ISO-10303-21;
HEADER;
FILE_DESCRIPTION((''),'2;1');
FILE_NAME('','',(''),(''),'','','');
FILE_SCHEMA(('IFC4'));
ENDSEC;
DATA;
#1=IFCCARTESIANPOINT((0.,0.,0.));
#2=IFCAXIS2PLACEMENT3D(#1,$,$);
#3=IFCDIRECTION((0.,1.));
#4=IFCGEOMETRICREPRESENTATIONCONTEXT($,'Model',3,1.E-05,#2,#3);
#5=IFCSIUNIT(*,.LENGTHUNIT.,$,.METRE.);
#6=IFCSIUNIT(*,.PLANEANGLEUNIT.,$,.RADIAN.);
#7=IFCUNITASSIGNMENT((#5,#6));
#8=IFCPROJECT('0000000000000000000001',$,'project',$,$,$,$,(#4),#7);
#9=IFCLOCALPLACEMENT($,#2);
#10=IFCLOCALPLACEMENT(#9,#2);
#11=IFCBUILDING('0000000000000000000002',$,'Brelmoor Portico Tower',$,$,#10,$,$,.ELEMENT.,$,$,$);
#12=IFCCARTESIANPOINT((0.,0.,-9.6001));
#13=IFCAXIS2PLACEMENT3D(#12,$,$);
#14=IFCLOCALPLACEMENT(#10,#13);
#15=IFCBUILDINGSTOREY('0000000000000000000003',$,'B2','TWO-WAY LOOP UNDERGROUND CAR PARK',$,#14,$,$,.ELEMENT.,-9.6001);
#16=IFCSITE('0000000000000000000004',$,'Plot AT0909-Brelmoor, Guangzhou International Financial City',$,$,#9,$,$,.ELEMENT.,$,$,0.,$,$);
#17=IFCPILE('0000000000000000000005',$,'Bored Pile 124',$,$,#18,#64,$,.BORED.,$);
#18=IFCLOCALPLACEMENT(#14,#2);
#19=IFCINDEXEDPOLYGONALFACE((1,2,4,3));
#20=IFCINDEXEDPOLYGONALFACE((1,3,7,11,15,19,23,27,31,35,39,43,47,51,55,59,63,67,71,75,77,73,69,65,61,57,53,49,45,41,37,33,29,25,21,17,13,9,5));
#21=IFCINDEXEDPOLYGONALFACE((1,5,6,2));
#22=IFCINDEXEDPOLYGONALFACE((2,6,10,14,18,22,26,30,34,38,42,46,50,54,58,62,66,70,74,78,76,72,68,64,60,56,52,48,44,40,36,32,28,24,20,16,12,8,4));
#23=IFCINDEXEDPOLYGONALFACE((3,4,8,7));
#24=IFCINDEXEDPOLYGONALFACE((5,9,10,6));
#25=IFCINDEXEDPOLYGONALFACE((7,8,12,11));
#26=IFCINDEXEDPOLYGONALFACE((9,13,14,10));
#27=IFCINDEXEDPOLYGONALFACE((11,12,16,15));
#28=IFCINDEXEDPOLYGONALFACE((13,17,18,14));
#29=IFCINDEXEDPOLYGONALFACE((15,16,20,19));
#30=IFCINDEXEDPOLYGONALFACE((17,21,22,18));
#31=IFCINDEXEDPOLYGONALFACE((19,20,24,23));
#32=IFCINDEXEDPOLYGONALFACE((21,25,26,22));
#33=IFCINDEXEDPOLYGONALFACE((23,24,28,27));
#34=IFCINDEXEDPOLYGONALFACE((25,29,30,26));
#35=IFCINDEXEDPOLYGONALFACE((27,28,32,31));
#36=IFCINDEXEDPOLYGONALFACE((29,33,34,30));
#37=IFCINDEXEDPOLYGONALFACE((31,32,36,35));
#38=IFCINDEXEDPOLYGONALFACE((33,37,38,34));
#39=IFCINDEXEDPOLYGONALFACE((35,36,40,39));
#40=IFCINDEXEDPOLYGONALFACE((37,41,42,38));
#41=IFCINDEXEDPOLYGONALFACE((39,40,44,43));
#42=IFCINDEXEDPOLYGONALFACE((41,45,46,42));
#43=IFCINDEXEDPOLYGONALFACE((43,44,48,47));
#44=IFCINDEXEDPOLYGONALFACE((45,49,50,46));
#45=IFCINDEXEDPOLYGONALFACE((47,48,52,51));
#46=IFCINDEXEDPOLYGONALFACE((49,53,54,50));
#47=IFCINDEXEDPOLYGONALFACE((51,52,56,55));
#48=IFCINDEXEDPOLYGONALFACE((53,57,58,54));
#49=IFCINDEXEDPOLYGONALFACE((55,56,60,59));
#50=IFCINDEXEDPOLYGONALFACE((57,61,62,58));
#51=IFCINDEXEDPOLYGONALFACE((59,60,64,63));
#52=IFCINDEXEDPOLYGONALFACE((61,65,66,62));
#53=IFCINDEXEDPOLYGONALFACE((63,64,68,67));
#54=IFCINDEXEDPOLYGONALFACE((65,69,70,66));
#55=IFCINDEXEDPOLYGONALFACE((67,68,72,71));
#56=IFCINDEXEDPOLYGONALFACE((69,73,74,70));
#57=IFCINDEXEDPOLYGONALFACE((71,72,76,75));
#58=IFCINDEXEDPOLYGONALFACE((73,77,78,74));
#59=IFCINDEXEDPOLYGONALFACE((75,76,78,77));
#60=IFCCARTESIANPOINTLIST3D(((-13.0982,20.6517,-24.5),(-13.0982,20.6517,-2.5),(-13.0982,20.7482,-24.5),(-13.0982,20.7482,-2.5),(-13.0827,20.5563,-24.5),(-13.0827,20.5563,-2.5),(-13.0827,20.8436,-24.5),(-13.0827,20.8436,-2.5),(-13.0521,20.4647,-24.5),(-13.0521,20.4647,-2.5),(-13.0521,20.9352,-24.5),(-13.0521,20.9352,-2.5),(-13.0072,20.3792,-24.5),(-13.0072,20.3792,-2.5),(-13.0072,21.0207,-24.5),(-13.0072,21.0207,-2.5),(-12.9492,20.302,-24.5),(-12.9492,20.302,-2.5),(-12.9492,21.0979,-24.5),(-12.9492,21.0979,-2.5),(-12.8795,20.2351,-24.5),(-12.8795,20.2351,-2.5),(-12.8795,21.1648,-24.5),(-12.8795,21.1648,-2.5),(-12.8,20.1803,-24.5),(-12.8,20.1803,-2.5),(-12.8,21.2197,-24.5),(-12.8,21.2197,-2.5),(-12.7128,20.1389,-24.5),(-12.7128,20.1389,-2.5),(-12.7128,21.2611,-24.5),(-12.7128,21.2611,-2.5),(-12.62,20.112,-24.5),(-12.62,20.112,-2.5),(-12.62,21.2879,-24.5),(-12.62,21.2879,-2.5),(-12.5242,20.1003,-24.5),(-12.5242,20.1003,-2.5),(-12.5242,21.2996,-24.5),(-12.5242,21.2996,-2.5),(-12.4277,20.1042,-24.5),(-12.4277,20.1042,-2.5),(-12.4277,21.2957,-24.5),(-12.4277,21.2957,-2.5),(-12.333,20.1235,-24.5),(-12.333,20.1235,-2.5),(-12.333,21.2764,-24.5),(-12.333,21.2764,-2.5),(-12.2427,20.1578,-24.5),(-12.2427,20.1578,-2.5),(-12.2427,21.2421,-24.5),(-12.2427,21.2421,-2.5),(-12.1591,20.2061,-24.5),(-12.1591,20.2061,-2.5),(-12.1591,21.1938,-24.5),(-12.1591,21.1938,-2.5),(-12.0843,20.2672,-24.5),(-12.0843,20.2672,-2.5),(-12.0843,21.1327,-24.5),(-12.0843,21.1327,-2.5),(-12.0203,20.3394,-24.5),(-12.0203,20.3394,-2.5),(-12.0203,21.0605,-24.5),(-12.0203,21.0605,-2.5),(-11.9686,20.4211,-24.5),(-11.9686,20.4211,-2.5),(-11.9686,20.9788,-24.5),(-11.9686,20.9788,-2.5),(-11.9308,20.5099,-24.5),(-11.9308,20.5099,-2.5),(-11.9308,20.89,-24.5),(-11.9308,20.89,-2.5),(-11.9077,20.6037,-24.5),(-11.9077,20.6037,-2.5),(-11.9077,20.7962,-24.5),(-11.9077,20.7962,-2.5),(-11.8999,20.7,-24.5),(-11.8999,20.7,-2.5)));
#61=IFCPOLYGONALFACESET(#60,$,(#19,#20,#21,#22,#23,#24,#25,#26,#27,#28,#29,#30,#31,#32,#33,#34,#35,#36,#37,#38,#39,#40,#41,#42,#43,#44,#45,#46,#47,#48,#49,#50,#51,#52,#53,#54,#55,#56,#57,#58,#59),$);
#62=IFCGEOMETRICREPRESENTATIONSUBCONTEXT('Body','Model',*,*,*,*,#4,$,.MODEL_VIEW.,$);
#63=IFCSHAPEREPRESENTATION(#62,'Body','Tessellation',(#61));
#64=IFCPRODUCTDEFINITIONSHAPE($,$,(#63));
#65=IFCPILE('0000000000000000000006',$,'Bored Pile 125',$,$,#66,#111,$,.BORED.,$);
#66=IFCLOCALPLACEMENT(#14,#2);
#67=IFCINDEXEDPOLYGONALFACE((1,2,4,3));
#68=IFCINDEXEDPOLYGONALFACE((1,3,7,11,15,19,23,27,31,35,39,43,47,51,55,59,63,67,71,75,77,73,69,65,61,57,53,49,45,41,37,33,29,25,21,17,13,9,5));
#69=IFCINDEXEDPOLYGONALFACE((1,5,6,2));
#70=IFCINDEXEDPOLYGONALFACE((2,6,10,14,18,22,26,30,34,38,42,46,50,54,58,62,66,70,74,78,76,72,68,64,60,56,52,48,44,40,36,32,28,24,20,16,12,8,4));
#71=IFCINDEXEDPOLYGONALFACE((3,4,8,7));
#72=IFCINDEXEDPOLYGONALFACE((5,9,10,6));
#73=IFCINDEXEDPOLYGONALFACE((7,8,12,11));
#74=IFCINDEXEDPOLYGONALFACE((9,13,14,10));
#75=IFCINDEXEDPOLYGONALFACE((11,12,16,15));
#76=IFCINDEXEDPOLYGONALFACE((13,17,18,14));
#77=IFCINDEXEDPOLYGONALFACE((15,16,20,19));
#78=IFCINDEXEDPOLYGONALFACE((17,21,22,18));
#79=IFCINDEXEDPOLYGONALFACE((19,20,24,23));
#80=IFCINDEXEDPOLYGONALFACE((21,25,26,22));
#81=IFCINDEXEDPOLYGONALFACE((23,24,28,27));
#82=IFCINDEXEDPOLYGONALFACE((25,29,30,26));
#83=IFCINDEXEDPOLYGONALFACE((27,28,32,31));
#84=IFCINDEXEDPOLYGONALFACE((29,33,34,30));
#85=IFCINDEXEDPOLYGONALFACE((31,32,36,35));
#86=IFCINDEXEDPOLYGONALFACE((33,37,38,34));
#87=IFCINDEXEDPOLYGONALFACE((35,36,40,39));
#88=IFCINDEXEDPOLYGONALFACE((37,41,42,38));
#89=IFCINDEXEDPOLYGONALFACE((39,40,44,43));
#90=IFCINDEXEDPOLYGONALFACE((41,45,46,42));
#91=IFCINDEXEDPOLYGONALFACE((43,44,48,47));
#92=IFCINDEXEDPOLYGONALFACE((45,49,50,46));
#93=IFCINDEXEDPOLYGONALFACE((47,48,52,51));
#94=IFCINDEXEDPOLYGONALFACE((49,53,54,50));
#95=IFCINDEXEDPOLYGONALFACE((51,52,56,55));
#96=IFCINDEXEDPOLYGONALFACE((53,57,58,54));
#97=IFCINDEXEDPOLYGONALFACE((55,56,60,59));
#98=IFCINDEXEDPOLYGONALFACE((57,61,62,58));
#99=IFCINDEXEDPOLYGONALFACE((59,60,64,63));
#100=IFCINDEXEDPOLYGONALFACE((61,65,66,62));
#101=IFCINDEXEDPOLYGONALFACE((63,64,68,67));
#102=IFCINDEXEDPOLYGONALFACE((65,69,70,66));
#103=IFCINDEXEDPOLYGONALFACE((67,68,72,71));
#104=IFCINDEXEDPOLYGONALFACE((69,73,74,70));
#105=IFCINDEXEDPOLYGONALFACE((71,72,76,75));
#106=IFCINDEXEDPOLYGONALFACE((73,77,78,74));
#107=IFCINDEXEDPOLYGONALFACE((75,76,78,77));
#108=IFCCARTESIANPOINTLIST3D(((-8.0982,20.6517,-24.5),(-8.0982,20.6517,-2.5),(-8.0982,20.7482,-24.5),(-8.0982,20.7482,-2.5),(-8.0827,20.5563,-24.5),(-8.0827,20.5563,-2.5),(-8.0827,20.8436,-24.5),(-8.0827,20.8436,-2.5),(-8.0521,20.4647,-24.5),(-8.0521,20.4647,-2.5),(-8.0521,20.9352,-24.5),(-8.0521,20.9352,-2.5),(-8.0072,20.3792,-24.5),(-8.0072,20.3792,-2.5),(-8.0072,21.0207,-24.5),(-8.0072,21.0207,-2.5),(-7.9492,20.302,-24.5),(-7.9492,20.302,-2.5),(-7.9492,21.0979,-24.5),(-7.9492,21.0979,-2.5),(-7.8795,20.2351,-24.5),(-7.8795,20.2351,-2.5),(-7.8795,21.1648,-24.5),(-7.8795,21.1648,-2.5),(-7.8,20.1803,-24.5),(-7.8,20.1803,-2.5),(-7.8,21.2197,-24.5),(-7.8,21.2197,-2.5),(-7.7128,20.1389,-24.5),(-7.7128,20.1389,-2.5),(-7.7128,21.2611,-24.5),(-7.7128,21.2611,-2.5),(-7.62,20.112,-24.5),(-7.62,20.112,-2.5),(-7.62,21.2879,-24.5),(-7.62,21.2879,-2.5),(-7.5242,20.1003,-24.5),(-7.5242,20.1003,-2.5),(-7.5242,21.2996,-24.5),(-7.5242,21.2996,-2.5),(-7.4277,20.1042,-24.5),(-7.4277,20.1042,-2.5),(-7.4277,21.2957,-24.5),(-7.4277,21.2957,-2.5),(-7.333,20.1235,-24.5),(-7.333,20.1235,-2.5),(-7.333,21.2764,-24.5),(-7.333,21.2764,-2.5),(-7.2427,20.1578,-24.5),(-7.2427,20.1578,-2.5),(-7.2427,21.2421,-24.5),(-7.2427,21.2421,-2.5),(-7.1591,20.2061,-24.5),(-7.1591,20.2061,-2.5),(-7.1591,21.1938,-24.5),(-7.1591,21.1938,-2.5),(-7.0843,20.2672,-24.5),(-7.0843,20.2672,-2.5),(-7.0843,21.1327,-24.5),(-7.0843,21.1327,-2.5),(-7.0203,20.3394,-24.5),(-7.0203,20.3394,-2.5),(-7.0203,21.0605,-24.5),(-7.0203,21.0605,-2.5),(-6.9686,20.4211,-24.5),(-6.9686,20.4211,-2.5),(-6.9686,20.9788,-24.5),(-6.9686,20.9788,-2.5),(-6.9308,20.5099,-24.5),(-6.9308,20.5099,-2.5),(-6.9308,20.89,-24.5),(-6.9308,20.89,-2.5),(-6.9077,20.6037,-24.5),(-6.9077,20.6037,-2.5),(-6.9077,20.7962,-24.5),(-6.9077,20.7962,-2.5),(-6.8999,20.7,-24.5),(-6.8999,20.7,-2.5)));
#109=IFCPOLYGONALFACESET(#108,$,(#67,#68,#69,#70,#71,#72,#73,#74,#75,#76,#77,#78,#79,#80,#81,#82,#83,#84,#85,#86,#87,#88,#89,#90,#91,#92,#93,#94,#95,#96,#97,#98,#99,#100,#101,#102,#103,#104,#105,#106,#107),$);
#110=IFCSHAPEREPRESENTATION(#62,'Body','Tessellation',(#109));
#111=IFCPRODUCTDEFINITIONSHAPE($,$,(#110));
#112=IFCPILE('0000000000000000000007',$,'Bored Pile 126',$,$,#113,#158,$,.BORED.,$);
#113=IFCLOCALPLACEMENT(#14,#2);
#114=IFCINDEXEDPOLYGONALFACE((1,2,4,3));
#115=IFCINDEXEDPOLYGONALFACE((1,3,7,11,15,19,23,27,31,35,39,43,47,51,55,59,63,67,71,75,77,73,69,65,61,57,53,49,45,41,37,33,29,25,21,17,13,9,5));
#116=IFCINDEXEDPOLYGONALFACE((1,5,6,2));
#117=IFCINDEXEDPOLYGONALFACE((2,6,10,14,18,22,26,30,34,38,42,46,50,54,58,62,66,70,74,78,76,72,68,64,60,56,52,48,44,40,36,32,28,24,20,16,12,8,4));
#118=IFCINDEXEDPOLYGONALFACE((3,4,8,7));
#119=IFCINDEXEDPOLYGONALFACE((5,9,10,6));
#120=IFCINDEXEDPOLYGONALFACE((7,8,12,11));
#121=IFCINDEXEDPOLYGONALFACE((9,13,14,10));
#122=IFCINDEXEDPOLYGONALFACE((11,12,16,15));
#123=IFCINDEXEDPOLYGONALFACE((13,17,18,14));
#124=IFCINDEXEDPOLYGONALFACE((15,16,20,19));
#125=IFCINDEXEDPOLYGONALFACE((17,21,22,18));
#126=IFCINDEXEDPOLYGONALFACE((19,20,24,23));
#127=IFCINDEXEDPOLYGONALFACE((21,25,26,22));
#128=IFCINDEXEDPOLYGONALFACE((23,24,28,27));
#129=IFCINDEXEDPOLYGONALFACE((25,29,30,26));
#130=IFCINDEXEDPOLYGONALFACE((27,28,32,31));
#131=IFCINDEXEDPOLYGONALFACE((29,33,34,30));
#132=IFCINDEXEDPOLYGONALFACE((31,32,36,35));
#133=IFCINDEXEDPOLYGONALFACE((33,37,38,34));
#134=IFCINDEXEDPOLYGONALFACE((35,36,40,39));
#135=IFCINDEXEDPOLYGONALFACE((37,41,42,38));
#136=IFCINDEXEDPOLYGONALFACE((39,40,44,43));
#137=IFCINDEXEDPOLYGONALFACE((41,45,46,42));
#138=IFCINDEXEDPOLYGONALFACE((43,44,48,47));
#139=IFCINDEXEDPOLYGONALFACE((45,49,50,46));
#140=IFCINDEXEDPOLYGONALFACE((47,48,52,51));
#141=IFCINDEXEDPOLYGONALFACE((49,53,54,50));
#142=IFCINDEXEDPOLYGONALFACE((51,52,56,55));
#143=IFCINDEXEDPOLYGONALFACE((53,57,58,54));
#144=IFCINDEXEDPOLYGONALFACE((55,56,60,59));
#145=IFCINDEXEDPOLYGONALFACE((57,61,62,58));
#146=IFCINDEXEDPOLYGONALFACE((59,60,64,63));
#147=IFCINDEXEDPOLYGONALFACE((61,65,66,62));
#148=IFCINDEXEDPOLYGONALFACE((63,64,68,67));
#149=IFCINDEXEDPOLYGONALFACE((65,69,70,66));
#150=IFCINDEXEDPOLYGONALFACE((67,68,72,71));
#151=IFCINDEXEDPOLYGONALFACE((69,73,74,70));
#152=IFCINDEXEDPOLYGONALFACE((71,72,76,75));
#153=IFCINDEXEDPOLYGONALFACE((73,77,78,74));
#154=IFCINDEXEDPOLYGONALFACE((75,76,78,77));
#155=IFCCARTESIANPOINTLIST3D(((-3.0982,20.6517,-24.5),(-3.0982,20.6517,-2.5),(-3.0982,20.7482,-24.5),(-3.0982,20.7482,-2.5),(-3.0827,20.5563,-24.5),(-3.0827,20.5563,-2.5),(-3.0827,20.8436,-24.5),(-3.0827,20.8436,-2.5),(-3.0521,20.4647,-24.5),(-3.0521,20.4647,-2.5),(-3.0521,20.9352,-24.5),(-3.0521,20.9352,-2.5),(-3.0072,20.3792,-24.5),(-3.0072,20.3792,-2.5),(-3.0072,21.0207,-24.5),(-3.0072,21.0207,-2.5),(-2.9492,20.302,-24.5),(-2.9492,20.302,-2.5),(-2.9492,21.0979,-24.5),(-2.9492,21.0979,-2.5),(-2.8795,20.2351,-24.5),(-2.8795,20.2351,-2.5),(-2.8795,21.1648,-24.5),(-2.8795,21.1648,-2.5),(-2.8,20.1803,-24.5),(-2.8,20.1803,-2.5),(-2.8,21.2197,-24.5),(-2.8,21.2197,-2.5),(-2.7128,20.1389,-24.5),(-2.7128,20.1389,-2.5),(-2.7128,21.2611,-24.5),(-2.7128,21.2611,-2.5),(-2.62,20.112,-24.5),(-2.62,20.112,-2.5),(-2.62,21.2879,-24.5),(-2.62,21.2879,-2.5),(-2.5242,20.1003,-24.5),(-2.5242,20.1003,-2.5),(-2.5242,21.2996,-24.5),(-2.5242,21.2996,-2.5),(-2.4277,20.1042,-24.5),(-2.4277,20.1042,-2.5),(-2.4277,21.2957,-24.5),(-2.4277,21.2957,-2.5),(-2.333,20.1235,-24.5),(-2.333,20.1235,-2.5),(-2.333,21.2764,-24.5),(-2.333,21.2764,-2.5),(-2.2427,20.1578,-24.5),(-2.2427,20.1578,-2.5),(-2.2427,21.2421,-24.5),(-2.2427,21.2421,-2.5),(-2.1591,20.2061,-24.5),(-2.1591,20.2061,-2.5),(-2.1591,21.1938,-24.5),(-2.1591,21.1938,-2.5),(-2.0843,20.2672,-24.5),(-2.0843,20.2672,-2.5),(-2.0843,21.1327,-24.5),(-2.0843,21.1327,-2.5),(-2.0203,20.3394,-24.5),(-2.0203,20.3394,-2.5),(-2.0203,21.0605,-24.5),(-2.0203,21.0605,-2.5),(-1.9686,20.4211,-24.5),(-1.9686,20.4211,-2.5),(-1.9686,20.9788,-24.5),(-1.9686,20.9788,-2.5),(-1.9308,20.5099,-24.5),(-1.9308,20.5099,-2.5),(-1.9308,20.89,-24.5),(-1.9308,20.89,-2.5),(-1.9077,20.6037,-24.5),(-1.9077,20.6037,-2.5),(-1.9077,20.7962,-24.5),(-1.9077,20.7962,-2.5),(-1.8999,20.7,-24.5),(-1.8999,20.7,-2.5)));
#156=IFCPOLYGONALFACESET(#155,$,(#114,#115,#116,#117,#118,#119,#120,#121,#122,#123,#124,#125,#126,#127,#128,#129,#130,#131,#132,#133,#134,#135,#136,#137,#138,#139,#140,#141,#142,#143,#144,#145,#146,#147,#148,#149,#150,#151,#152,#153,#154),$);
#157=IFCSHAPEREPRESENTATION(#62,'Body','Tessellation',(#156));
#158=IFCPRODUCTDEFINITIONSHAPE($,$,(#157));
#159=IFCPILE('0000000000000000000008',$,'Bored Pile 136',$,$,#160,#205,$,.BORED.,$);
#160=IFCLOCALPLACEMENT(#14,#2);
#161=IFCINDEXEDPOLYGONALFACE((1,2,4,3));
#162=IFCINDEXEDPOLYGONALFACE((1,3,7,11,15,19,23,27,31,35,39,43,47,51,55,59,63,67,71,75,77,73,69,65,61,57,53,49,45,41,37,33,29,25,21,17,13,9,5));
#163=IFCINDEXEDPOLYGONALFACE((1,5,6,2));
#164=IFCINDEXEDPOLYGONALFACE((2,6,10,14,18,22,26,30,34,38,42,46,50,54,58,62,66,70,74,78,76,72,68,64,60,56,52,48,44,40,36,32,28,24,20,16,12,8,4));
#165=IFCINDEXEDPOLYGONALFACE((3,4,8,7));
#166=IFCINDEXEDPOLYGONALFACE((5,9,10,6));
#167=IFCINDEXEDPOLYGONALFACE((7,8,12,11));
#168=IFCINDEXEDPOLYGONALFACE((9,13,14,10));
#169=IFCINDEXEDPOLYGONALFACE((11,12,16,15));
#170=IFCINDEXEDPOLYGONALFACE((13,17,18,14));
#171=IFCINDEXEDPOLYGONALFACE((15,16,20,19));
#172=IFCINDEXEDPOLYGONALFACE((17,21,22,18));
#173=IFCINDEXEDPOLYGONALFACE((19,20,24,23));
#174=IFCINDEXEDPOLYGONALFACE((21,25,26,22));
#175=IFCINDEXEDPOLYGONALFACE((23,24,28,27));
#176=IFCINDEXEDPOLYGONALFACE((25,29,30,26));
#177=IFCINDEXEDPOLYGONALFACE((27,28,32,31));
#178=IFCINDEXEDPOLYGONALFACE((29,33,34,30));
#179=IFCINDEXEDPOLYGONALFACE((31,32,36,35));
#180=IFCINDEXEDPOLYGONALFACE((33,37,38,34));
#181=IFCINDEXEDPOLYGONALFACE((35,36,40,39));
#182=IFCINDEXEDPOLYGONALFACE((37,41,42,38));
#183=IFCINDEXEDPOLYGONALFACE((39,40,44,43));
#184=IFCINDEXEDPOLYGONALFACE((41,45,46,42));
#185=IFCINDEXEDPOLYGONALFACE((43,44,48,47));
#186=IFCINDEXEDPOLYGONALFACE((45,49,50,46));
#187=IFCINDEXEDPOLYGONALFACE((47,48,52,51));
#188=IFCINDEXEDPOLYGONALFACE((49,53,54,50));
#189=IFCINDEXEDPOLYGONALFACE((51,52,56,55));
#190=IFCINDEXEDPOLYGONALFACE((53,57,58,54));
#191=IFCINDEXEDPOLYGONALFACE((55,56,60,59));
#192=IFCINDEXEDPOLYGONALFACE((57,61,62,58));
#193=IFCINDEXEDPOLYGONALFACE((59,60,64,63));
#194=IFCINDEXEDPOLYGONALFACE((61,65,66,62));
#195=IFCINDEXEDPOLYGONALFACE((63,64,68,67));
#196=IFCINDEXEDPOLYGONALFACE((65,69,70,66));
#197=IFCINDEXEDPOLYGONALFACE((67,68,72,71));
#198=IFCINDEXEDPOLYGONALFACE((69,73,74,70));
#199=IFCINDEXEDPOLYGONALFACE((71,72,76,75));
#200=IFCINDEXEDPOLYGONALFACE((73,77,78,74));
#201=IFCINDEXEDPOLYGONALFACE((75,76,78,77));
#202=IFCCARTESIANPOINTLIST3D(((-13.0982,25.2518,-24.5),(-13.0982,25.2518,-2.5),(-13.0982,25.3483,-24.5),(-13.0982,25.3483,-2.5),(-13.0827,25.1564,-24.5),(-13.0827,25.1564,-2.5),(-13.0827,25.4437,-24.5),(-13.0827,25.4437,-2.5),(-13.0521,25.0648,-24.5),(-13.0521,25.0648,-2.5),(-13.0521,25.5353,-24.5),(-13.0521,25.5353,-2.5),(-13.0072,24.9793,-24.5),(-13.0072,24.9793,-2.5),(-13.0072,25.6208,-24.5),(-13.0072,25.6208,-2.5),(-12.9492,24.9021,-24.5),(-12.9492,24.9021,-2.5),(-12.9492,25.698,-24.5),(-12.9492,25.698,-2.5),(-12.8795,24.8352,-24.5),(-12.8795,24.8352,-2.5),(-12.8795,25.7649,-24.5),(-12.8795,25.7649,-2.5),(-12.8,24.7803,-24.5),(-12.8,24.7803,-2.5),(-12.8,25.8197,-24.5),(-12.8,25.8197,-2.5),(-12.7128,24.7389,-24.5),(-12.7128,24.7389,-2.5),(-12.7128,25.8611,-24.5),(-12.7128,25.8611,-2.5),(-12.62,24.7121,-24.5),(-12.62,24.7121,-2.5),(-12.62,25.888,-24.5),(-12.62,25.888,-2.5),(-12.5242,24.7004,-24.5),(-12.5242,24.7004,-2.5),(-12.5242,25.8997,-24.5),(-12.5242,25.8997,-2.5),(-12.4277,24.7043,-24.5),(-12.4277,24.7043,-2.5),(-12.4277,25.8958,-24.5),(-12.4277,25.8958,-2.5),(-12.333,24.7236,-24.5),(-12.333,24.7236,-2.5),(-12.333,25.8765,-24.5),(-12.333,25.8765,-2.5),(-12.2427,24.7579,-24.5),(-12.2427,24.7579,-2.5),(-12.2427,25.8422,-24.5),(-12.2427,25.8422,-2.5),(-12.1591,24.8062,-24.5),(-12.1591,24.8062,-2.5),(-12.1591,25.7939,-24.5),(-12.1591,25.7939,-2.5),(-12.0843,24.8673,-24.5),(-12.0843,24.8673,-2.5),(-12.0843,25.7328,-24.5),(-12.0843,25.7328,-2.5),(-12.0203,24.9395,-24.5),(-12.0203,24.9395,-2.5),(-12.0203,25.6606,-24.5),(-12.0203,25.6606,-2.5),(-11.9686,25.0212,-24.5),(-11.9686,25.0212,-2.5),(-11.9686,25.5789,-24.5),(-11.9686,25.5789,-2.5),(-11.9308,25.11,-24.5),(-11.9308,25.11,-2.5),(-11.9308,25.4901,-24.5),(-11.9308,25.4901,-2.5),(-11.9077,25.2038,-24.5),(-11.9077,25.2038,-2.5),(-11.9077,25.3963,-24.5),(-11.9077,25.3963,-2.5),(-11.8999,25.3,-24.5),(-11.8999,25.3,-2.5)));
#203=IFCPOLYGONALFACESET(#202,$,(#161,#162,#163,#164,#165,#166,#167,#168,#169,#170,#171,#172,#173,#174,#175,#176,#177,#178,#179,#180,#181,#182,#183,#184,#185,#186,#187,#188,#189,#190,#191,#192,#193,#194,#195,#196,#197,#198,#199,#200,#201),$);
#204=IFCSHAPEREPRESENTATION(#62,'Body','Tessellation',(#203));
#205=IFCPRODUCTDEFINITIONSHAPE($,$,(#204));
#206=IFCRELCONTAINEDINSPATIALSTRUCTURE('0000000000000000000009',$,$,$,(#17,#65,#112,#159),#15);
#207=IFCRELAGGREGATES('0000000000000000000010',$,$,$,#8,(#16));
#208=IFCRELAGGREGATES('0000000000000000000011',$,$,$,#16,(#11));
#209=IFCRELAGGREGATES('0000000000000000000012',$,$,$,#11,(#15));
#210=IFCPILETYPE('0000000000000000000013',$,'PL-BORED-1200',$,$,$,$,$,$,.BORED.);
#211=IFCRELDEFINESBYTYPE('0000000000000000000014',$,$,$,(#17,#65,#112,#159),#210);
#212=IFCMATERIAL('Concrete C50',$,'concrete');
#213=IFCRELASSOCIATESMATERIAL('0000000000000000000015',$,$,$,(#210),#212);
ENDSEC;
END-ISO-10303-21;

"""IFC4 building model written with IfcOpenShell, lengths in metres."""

from ifc_helpers import new_model, si_unit, direction, frame, origin, origin_2d, place, context, subcontext, project, spatial, circle, extrude, material, material_profile, profile_set, type_object, element, save


model = new_model("IFC4")

# Units and contexts
model_context = context("Model", 3, precision=1e-05, world=origin(), true_north=direction((0.0, 1.0)))
body_context = subcontext(model_context, "Body", "Model", "MODEL_VIEW")
ifc_project = project(units=[si_unit("LENGTHUNIT", "METRE"), si_unit("PLANEANGLEUNIT", "RADIAN")], contexts=[model_context])

# Site, building, storey
site_placement = place(None, origin())
site = spatial("IfcSite", under=ifc_project, at=site_placement, Name="Plot AT0909-Brelmoor, Guangzhou International Financial City", CompositionType="ELEMENT", RefElevation=0.0)
building_placement = place(site_placement, origin())
building = spatial("IfcBuilding", under=site, at=building_placement, Name="Brelmoor Portico Tower", CompositionType="ELEMENT")
storey_placement = place(building_placement, frame((0.0, 0.0, -9.6001)))
storey = spatial("IfcBuildingStorey", under=building, at=storey_placement, Name="B2", Description="TWO-WAY LOOP UNDERGROUND CAR PARK", CompositionType="ELEMENT", Elevation=-9.6001)

# Shared definitions
ifc_material_1 = material(Name="Concrete C50", Category="concrete")

# Piles
ifc_material_profile_1 = material_profile(ifc_material_1, circle(Radius=0.6001, at=origin_2d()), Name="BORED PILE D1200")
ifc_profile_set_1 = profile_set([ifc_material_profile_1], Name="Concrete C50")
pile_type = type_object("IfcPileType", Name="PL-BORED-1200", PredefinedType="BORED", material=ifc_profile_set_1)
for number, where, z_axis, x_axis, name in (
    (1, (-12.5, 20.7, -2.5), (0.0, 0.0, -1.0), (1.0, 0.0, 0.0), "Bored Pile 124"),
    (2, (-7.5, 20.7, -2.5), (0.0, 0.0, -1.0), (1.0, 0.0, 0.0), "Bored Pile 125"),
    (3, (-2.5, 20.7, -2.5), (0.0, 0.0, -1.0), (1.0, 0.0, 0.0), "Bored Pile 126"),
    (4, (-12.5, 25.3, -2.5), (0.0, 0.0, -1.0), (1.0, 0.0, 0.0), "Bored Pile 136"),
):
    element("IfcPile", number, at=place(storey_placement, frame(where, z_axis=z_axis, x_axis=x_axis)), inside=storey, type_object=pile_type, Name=name, PredefinedType="BORED", context=body_context, shape_type="SweptSolid", body=[
        extrude(circle(Radius=0.6001, at=origin_2d()), origin(), (0.0, 0.0, 1.0), 22.0),
    ])

save(model, "model.ifc")
